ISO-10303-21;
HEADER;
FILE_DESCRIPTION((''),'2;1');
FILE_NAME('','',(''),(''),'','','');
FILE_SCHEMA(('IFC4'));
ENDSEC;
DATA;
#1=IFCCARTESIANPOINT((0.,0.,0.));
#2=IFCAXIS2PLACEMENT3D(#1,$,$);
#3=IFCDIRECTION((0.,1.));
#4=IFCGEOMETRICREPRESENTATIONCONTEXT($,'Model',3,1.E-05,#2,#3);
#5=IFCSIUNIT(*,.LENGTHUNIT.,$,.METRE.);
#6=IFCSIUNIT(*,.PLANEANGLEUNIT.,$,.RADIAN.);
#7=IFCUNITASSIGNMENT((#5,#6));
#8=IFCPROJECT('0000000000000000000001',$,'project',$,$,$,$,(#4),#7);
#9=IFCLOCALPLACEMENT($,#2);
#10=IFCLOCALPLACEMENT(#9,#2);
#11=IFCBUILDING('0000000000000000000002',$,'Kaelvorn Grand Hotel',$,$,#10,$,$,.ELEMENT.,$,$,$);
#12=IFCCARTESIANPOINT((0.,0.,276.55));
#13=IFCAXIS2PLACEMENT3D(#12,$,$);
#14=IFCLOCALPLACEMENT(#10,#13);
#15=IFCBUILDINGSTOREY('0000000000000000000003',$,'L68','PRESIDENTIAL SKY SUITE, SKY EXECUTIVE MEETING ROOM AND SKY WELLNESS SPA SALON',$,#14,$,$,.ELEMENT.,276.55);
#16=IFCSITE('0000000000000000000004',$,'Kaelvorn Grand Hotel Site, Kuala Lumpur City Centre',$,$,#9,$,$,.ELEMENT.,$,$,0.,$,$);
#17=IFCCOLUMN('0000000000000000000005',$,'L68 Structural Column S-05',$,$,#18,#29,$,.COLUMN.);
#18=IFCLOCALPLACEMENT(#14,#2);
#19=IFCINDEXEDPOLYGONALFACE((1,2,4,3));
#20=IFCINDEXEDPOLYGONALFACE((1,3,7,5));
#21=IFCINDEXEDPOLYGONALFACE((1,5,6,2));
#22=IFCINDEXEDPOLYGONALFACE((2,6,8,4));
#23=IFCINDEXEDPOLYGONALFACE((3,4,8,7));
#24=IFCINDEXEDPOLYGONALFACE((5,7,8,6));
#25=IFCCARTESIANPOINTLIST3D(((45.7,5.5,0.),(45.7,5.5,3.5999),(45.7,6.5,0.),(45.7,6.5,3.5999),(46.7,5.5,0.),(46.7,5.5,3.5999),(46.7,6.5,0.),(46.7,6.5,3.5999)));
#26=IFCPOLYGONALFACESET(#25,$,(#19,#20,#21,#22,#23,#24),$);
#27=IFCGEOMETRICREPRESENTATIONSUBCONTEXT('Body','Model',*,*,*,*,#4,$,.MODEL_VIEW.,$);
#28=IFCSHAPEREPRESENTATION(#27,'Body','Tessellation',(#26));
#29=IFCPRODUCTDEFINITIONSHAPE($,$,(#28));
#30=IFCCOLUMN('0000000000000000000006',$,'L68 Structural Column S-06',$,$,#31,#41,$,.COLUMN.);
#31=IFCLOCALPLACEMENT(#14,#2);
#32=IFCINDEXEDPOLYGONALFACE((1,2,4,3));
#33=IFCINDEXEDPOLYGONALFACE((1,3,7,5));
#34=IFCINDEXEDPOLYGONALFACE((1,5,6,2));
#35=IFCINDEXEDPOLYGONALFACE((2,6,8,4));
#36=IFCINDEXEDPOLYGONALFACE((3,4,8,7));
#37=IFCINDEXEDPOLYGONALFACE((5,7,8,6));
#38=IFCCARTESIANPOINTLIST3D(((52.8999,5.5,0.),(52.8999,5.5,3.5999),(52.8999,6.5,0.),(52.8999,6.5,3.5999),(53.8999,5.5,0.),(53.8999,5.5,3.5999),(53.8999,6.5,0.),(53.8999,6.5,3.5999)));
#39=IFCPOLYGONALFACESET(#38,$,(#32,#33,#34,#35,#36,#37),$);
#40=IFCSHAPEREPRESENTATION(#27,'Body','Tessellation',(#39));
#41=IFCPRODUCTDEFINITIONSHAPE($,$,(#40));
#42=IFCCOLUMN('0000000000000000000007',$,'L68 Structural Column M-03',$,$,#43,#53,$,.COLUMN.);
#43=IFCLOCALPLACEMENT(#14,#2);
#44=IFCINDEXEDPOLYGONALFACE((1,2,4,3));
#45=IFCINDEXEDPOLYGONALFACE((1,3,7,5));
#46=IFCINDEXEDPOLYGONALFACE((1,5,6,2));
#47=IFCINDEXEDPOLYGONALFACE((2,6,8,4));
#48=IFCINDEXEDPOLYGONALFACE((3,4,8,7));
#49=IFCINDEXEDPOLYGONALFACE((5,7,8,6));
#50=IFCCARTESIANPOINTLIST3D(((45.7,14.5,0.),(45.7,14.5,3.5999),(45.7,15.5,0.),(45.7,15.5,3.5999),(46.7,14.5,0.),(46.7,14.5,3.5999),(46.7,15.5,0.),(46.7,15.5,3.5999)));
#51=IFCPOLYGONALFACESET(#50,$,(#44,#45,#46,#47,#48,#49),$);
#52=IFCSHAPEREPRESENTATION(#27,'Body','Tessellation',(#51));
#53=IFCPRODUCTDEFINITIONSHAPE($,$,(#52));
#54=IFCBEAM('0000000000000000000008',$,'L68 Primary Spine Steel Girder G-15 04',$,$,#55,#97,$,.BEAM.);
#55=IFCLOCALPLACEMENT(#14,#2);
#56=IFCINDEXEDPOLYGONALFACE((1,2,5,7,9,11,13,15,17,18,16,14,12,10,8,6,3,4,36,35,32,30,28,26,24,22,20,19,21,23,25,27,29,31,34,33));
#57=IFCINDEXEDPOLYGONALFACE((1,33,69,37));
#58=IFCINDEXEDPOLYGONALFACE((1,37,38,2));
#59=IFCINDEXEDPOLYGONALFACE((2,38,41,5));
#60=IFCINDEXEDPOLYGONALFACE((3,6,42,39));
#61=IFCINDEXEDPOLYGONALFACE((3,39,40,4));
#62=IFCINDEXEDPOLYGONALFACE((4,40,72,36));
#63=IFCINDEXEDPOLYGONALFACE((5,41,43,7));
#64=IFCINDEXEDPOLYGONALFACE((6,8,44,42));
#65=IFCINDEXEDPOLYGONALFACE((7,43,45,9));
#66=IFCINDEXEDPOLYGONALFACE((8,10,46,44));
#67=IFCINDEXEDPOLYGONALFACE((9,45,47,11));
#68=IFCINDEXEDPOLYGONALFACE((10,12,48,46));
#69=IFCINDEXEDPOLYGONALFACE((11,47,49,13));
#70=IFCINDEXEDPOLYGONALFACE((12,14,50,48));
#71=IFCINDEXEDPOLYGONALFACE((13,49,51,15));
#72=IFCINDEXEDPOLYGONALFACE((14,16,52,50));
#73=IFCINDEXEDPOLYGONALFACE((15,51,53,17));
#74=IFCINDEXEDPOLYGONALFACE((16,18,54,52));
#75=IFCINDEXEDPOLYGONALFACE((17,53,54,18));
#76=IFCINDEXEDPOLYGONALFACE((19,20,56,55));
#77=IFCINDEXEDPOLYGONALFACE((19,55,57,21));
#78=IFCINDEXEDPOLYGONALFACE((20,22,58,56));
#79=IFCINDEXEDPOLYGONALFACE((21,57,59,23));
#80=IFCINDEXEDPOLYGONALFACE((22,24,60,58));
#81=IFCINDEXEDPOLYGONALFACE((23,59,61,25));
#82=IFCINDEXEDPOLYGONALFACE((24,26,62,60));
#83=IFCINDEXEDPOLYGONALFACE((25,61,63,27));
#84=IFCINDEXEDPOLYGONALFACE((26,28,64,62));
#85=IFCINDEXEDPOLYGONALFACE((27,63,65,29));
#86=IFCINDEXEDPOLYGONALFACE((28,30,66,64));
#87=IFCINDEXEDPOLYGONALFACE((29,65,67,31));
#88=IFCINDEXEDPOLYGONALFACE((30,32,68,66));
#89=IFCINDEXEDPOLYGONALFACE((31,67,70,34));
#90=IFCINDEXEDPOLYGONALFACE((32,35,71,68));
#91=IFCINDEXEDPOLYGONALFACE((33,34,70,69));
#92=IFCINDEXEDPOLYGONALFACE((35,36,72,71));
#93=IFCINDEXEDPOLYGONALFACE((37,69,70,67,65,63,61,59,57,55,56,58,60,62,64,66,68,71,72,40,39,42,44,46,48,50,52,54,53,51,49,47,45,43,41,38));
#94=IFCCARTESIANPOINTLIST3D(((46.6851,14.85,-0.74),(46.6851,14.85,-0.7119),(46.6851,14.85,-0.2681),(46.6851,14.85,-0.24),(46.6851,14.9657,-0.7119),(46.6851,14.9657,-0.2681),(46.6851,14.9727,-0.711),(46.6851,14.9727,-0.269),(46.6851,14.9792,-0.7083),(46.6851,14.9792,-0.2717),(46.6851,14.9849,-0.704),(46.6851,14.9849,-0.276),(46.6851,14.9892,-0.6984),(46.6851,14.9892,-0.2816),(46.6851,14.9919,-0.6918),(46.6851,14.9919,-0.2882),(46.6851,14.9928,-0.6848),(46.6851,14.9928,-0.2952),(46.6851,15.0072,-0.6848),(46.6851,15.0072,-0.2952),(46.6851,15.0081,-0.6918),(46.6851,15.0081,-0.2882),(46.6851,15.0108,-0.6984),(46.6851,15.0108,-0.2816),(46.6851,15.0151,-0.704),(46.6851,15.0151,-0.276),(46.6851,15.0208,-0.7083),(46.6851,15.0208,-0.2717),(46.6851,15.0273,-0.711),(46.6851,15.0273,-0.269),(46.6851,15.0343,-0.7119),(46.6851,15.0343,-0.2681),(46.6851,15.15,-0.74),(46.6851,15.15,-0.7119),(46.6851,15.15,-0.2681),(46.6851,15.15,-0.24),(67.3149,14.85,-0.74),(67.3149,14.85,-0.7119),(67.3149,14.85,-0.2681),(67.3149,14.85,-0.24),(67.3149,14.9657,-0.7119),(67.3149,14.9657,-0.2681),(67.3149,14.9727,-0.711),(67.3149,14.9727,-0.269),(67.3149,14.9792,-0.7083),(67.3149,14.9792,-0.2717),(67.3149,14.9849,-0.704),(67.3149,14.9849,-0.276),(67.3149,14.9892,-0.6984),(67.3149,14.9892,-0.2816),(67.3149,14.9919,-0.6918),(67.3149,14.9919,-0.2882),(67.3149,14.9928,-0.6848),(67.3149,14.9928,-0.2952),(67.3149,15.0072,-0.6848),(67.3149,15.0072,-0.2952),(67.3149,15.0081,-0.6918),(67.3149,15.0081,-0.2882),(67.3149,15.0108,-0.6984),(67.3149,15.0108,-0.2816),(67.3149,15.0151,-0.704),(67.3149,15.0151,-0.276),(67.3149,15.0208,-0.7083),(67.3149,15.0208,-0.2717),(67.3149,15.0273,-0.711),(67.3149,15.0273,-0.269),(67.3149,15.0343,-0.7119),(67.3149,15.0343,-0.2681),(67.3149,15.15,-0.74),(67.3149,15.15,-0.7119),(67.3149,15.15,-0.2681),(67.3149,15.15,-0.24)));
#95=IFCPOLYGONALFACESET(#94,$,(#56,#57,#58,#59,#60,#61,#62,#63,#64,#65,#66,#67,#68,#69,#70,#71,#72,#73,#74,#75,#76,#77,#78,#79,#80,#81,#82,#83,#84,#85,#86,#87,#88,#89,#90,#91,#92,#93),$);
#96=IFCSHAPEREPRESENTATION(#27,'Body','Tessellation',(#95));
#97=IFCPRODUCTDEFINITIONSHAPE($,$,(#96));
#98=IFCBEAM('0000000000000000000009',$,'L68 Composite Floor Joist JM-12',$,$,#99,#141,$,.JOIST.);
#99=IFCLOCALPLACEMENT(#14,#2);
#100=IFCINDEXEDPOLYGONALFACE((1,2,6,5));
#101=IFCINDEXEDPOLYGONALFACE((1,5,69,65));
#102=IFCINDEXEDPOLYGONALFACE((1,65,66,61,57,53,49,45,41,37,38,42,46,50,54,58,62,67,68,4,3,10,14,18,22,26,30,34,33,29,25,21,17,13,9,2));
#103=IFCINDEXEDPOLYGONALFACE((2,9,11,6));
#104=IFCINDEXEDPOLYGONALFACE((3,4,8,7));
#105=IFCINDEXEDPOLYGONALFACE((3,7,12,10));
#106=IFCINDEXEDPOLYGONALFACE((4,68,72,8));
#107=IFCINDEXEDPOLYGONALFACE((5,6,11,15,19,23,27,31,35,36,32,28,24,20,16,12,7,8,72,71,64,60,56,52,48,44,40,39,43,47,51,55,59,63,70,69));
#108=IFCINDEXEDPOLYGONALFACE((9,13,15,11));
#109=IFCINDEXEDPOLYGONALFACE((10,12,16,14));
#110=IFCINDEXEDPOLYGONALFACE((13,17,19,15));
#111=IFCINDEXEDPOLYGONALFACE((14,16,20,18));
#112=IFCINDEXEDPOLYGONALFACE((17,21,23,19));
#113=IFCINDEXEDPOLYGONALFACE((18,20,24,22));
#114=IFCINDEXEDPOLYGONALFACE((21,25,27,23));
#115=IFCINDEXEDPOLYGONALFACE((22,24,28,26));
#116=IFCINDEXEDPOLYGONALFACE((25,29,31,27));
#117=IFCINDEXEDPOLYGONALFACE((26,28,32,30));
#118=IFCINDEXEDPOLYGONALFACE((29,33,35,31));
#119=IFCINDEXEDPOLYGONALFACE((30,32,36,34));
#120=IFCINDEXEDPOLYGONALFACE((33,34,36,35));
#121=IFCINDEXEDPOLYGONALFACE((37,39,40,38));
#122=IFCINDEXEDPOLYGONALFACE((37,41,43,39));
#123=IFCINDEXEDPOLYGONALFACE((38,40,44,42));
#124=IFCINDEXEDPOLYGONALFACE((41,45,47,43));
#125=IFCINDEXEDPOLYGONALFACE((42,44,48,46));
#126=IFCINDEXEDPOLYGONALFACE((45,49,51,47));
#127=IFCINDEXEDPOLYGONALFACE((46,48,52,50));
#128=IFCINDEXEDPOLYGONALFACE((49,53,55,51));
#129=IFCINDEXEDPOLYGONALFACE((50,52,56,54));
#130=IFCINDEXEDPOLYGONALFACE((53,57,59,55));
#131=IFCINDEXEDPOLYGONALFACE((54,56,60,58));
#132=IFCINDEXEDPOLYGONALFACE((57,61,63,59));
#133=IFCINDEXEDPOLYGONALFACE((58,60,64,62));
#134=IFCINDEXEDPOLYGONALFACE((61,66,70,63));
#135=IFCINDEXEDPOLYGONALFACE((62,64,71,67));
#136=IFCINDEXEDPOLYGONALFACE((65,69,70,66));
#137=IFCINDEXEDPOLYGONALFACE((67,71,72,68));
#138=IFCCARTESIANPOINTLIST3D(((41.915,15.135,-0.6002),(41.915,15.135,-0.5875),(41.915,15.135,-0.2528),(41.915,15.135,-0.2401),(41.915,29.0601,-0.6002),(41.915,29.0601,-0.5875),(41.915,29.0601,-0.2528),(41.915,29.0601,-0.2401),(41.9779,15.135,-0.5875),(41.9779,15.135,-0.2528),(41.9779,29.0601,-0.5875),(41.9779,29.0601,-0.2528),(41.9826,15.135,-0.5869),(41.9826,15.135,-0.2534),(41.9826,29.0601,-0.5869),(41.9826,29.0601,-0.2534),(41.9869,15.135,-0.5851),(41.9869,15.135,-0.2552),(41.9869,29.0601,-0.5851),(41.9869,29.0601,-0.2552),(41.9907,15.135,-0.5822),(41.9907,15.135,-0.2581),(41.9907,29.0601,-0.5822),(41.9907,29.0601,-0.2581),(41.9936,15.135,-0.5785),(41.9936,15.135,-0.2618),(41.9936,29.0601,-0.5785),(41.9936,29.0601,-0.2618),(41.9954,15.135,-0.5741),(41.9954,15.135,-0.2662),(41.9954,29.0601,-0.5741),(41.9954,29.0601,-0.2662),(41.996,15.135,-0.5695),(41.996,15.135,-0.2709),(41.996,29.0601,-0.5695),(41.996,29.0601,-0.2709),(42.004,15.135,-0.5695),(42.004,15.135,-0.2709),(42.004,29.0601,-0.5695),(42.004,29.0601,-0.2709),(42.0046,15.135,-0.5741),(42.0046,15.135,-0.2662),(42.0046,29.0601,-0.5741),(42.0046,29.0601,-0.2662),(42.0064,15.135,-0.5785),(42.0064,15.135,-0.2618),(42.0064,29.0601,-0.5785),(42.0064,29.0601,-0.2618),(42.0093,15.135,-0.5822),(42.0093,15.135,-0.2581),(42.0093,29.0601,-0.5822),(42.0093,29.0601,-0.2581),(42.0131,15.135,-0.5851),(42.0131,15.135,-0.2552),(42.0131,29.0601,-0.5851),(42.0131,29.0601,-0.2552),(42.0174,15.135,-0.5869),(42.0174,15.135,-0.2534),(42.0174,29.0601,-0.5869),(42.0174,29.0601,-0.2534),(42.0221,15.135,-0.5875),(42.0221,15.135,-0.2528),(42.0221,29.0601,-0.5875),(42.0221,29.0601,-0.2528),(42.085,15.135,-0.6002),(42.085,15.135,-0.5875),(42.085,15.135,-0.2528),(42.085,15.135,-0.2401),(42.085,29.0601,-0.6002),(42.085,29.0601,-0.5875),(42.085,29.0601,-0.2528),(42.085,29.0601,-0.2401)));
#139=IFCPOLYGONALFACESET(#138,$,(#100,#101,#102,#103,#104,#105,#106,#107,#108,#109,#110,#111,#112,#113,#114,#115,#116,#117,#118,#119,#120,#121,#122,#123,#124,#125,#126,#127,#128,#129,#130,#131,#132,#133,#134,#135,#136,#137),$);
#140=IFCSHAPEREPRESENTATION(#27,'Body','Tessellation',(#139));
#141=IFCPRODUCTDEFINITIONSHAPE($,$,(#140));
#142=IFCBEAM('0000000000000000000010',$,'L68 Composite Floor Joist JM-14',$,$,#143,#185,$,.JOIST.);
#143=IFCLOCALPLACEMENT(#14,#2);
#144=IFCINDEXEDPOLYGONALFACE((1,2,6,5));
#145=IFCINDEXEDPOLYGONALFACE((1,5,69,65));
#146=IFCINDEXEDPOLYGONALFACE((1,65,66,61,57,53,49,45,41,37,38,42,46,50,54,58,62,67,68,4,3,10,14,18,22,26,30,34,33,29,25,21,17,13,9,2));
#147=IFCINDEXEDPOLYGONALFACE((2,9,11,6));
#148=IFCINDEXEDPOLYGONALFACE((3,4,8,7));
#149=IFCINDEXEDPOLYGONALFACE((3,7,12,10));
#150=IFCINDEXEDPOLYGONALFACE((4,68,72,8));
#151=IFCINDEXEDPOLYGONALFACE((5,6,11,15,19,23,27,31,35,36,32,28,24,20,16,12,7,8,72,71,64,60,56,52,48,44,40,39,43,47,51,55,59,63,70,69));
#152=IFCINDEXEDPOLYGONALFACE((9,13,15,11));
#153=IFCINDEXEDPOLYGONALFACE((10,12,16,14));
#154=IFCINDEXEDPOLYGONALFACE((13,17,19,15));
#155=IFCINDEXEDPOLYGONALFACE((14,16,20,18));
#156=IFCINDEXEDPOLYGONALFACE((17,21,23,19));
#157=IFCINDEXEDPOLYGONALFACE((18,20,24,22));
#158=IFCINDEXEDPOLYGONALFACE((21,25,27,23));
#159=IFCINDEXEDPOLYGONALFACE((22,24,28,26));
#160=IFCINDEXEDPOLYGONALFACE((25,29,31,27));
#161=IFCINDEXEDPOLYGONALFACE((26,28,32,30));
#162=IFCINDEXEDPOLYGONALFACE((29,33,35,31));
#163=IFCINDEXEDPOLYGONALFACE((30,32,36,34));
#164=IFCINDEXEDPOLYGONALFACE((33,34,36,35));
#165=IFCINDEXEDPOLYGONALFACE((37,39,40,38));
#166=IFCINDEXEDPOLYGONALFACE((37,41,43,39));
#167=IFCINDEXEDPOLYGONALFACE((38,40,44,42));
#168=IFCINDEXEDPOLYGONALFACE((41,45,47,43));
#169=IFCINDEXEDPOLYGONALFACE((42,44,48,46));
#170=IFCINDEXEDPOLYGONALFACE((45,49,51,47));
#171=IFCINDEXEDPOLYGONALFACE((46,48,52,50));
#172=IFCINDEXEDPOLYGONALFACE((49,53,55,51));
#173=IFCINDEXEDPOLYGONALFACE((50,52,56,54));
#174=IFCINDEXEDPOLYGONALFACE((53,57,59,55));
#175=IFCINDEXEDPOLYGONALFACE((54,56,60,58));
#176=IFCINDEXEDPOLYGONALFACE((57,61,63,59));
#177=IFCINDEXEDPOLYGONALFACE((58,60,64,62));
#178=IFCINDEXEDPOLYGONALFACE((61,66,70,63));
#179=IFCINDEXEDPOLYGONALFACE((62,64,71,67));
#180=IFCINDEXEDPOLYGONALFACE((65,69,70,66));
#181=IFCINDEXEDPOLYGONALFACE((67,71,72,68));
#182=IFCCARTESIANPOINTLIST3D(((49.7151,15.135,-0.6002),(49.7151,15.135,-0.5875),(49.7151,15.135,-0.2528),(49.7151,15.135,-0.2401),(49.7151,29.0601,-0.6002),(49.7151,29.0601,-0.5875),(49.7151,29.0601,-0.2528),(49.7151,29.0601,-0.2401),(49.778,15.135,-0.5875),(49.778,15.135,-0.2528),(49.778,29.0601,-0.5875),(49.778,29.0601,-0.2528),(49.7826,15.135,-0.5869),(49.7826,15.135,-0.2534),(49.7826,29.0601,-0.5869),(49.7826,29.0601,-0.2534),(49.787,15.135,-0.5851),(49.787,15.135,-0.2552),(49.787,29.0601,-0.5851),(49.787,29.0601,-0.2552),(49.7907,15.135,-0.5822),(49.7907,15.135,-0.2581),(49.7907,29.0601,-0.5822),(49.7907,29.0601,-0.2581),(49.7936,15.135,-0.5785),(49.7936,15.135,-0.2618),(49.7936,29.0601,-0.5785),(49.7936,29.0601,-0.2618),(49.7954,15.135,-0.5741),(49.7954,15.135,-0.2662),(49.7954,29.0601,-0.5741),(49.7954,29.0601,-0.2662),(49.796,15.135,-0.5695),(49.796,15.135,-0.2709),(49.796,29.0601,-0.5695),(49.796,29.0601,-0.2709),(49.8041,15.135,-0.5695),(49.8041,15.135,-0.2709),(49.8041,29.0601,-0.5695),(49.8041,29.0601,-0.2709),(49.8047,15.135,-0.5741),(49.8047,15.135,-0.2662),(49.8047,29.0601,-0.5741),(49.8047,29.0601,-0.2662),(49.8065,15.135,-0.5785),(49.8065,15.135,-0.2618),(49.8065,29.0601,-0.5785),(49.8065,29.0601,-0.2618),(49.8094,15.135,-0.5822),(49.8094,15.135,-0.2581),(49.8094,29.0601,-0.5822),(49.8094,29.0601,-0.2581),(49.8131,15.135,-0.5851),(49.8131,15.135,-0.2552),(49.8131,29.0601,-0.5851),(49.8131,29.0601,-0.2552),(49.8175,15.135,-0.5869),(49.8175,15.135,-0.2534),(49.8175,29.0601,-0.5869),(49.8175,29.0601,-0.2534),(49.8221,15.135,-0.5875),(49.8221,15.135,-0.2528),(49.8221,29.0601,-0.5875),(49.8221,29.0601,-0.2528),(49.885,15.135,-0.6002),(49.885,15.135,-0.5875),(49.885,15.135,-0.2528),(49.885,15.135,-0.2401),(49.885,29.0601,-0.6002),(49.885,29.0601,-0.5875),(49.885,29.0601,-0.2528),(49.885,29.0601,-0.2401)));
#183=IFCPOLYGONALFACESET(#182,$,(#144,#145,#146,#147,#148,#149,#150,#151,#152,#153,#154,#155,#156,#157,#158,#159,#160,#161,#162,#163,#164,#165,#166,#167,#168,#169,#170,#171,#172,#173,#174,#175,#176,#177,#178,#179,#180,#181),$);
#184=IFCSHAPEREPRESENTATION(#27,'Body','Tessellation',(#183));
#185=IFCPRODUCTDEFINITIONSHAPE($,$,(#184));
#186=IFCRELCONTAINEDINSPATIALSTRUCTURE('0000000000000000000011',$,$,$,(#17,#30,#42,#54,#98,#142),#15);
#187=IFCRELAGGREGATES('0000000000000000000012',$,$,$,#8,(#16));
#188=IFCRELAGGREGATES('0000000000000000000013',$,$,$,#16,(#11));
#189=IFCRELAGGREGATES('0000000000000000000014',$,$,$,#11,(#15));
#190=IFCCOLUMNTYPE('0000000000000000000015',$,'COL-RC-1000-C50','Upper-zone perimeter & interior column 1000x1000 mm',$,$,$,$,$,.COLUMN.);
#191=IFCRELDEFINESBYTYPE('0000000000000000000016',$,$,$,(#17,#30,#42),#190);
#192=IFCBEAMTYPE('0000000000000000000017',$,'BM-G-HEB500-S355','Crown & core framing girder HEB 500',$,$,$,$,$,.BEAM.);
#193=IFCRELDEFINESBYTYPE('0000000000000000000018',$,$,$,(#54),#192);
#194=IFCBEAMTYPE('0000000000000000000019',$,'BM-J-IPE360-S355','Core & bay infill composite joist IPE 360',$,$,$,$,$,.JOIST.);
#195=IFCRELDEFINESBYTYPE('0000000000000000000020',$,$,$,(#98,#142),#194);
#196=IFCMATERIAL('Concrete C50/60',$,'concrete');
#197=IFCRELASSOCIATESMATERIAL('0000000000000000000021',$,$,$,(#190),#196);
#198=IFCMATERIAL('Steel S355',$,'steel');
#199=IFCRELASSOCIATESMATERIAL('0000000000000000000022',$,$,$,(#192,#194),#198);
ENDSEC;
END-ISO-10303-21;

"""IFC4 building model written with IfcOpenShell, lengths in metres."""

from ifc_helpers import new_model, si_unit, direction, frame, origin, origin_2d, place, context, subcontext, project, spatial, rectangle, i_section, extrude, material, material_profile, profile_set, type_object, element, save


model = new_model("IFC4")

# Units and contexts
model_context = context("Model", 3, precision=1e-05, world=origin(), true_north=direction((0.0, 1.0)))
body_context = subcontext(model_context, "Body", "Model", "MODEL_VIEW")
ifc_project = project(units=[si_unit("LENGTHUNIT", "METRE"), si_unit("PLANEANGLEUNIT", "RADIAN")], contexts=[model_context])

# Site, building, storey
site_placement = place(None, origin())
site = spatial("IfcSite", under=ifc_project, at=site_placement, Name="Kaelvorn Grand Hotel Site, Kuala Lumpur City Centre", CompositionType="ELEMENT", RefElevation=0.0)
building_placement = place(site_placement, origin())
building = spatial("IfcBuilding", under=site, at=building_placement, Name="Kaelvorn Grand Hotel", CompositionType="ELEMENT")
storey_placement = place(building_placement, frame((0.0, 0.0, 276.55)))
storey = spatial("IfcBuildingStorey", under=building, at=storey_placement, Name="L68", Description="PRESIDENTIAL SKY SUITE, SKY EXECUTIVE MEETING ROOM AND SKY WELLNESS SPA SALON", CompositionType="ELEMENT", Elevation=276.55)

# Columns
ifc_material_1 = material(Name="Concrete C50/60", Category="concrete")
ifc_material_profile_1 = material_profile(ifc_material_1, rectangle(XDim=1.0, YDim=1.0, at=origin_2d()), Name="RC COL 1000x1000")
ifc_profile_set_1 = profile_set([ifc_material_profile_1], Name="Concrete C50/60")
column_type = type_object("IfcColumnType", Name="COL-RC-1000-C50", Description="Upper-zone perimeter & interior column 1000x1000 mm", PredefinedType="COLUMN", material=ifc_profile_set_1)
for number, where, z_axis, x_axis, name in (
    (1, (46.2, 6.0, 0.0), (0.0, 0.0, 1.0), (1.0, 0.0, 0.0), "L68 Structural Column S-05"),
    (2, (53.3999, 6.0, 0.0), (0.0, 0.0, 1.0), (1.0, 0.0, 0.0), "L68 Structural Column S-06"),
    (3, (46.2, 15.0, 0.0), (0.0, 0.0, 1.0), (1.0, 0.0, 0.0), "L68 Structural Column M-03"),
):
    element("IfcColumn", number, at=place(storey_placement, frame(where, z_axis=z_axis, x_axis=x_axis)), inside=storey, type_object=column_type, Name=name, PredefinedType="COLUMN", context=body_context, shape_type="SweptSolid", body=[
        extrude(rectangle(XDim=1.0, YDim=1.0, at=origin_2d()), origin(), (0.0, 0.0, 1.0), 3.5999),
    ])

# Beams
ifc_material_2 = material(Name="Steel S355", Category="steel")
ifc_material_profile_2 = material_profile(ifc_material_2, i_section(OverallWidth=0.3, OverallDepth=0.5, WebThickness=0.0144, FlangeThickness=0.0281, FilletRadius=0.0271, at=origin_2d()), Name="HEB 500")
ifc_profile_set_2 = profile_set([ifc_material_profile_2], Name="Steel S355")
beam_type_1 = type_object("IfcBeamType", Name="BM-G-HEB500-S355", Description="Crown & core framing girder HEB 500", PredefinedType="BEAM", material=ifc_profile_set_2)
beam_1_placement = place(storey_placement, frame((46.6851, 15.0, -0.49), z_axis=(1.0, 0.0, 0.0), x_axis=(0.0, 1.0, 0.0)))
element("IfcBeam", 4, at=beam_1_placement, inside=storey, type_object=beam_type_1, Name="L68 Primary Spine Steel Girder G-15 04", PredefinedType="BEAM", context=body_context, shape_type="SweptSolid", body=[
    extrude(i_section(OverallWidth=0.3, OverallDepth=0.5, WebThickness=0.0144, FlangeThickness=0.0281, FilletRadius=0.0271, at=origin_2d()), origin(), (0.0, 0.0, 1.0), 20.6299),
])
ifc_material_profile_3 = material_profile(ifc_material_2, i_section(OverallWidth=0.1699, OverallDepth=0.3601, WebThickness=0.0081, FlangeThickness=0.0127, FilletRadius=0.0181, at=origin_2d()), Name="IPE 360")
ifc_profile_set_3 = profile_set([ifc_material_profile_3], Name="Steel S355")
beam_type_2 = type_object("IfcBeamType", Name="BM-J-IPE360-S355", Description="Core & bay infill composite joist IPE 360", PredefinedType="JOIST", material=ifc_profile_set_3)
for number, where, z_axis, x_axis, name in (
    (5, (42.0, 15.135, -0.4202), (0.0, 1.0, 0.0), (-1.0, 0.0, 0.0), "L68 Composite Floor Joist JM-12"),
    (6, (49.8, 15.135, -0.4202), (0.0, 1.0, 0.0), (-1.0, 0.0, 0.0), "L68 Composite Floor Joist JM-14"),
):
    element("IfcBeam", number, at=place(storey_placement, frame(where, z_axis=z_axis, x_axis=x_axis)), inside=storey, type_object=beam_type_2, Name=name, PredefinedType="JOIST", context=body_context, shape_type="SweptSolid", body=[
        extrude(i_section(OverallWidth=0.1699, OverallDepth=0.3601, WebThickness=0.0081, FlangeThickness=0.0127, FilletRadius=0.0181, at=origin_2d()), origin(), (0.0, 0.0, 1.0), 13.925),
    ])

save(model, "model.ifc")
